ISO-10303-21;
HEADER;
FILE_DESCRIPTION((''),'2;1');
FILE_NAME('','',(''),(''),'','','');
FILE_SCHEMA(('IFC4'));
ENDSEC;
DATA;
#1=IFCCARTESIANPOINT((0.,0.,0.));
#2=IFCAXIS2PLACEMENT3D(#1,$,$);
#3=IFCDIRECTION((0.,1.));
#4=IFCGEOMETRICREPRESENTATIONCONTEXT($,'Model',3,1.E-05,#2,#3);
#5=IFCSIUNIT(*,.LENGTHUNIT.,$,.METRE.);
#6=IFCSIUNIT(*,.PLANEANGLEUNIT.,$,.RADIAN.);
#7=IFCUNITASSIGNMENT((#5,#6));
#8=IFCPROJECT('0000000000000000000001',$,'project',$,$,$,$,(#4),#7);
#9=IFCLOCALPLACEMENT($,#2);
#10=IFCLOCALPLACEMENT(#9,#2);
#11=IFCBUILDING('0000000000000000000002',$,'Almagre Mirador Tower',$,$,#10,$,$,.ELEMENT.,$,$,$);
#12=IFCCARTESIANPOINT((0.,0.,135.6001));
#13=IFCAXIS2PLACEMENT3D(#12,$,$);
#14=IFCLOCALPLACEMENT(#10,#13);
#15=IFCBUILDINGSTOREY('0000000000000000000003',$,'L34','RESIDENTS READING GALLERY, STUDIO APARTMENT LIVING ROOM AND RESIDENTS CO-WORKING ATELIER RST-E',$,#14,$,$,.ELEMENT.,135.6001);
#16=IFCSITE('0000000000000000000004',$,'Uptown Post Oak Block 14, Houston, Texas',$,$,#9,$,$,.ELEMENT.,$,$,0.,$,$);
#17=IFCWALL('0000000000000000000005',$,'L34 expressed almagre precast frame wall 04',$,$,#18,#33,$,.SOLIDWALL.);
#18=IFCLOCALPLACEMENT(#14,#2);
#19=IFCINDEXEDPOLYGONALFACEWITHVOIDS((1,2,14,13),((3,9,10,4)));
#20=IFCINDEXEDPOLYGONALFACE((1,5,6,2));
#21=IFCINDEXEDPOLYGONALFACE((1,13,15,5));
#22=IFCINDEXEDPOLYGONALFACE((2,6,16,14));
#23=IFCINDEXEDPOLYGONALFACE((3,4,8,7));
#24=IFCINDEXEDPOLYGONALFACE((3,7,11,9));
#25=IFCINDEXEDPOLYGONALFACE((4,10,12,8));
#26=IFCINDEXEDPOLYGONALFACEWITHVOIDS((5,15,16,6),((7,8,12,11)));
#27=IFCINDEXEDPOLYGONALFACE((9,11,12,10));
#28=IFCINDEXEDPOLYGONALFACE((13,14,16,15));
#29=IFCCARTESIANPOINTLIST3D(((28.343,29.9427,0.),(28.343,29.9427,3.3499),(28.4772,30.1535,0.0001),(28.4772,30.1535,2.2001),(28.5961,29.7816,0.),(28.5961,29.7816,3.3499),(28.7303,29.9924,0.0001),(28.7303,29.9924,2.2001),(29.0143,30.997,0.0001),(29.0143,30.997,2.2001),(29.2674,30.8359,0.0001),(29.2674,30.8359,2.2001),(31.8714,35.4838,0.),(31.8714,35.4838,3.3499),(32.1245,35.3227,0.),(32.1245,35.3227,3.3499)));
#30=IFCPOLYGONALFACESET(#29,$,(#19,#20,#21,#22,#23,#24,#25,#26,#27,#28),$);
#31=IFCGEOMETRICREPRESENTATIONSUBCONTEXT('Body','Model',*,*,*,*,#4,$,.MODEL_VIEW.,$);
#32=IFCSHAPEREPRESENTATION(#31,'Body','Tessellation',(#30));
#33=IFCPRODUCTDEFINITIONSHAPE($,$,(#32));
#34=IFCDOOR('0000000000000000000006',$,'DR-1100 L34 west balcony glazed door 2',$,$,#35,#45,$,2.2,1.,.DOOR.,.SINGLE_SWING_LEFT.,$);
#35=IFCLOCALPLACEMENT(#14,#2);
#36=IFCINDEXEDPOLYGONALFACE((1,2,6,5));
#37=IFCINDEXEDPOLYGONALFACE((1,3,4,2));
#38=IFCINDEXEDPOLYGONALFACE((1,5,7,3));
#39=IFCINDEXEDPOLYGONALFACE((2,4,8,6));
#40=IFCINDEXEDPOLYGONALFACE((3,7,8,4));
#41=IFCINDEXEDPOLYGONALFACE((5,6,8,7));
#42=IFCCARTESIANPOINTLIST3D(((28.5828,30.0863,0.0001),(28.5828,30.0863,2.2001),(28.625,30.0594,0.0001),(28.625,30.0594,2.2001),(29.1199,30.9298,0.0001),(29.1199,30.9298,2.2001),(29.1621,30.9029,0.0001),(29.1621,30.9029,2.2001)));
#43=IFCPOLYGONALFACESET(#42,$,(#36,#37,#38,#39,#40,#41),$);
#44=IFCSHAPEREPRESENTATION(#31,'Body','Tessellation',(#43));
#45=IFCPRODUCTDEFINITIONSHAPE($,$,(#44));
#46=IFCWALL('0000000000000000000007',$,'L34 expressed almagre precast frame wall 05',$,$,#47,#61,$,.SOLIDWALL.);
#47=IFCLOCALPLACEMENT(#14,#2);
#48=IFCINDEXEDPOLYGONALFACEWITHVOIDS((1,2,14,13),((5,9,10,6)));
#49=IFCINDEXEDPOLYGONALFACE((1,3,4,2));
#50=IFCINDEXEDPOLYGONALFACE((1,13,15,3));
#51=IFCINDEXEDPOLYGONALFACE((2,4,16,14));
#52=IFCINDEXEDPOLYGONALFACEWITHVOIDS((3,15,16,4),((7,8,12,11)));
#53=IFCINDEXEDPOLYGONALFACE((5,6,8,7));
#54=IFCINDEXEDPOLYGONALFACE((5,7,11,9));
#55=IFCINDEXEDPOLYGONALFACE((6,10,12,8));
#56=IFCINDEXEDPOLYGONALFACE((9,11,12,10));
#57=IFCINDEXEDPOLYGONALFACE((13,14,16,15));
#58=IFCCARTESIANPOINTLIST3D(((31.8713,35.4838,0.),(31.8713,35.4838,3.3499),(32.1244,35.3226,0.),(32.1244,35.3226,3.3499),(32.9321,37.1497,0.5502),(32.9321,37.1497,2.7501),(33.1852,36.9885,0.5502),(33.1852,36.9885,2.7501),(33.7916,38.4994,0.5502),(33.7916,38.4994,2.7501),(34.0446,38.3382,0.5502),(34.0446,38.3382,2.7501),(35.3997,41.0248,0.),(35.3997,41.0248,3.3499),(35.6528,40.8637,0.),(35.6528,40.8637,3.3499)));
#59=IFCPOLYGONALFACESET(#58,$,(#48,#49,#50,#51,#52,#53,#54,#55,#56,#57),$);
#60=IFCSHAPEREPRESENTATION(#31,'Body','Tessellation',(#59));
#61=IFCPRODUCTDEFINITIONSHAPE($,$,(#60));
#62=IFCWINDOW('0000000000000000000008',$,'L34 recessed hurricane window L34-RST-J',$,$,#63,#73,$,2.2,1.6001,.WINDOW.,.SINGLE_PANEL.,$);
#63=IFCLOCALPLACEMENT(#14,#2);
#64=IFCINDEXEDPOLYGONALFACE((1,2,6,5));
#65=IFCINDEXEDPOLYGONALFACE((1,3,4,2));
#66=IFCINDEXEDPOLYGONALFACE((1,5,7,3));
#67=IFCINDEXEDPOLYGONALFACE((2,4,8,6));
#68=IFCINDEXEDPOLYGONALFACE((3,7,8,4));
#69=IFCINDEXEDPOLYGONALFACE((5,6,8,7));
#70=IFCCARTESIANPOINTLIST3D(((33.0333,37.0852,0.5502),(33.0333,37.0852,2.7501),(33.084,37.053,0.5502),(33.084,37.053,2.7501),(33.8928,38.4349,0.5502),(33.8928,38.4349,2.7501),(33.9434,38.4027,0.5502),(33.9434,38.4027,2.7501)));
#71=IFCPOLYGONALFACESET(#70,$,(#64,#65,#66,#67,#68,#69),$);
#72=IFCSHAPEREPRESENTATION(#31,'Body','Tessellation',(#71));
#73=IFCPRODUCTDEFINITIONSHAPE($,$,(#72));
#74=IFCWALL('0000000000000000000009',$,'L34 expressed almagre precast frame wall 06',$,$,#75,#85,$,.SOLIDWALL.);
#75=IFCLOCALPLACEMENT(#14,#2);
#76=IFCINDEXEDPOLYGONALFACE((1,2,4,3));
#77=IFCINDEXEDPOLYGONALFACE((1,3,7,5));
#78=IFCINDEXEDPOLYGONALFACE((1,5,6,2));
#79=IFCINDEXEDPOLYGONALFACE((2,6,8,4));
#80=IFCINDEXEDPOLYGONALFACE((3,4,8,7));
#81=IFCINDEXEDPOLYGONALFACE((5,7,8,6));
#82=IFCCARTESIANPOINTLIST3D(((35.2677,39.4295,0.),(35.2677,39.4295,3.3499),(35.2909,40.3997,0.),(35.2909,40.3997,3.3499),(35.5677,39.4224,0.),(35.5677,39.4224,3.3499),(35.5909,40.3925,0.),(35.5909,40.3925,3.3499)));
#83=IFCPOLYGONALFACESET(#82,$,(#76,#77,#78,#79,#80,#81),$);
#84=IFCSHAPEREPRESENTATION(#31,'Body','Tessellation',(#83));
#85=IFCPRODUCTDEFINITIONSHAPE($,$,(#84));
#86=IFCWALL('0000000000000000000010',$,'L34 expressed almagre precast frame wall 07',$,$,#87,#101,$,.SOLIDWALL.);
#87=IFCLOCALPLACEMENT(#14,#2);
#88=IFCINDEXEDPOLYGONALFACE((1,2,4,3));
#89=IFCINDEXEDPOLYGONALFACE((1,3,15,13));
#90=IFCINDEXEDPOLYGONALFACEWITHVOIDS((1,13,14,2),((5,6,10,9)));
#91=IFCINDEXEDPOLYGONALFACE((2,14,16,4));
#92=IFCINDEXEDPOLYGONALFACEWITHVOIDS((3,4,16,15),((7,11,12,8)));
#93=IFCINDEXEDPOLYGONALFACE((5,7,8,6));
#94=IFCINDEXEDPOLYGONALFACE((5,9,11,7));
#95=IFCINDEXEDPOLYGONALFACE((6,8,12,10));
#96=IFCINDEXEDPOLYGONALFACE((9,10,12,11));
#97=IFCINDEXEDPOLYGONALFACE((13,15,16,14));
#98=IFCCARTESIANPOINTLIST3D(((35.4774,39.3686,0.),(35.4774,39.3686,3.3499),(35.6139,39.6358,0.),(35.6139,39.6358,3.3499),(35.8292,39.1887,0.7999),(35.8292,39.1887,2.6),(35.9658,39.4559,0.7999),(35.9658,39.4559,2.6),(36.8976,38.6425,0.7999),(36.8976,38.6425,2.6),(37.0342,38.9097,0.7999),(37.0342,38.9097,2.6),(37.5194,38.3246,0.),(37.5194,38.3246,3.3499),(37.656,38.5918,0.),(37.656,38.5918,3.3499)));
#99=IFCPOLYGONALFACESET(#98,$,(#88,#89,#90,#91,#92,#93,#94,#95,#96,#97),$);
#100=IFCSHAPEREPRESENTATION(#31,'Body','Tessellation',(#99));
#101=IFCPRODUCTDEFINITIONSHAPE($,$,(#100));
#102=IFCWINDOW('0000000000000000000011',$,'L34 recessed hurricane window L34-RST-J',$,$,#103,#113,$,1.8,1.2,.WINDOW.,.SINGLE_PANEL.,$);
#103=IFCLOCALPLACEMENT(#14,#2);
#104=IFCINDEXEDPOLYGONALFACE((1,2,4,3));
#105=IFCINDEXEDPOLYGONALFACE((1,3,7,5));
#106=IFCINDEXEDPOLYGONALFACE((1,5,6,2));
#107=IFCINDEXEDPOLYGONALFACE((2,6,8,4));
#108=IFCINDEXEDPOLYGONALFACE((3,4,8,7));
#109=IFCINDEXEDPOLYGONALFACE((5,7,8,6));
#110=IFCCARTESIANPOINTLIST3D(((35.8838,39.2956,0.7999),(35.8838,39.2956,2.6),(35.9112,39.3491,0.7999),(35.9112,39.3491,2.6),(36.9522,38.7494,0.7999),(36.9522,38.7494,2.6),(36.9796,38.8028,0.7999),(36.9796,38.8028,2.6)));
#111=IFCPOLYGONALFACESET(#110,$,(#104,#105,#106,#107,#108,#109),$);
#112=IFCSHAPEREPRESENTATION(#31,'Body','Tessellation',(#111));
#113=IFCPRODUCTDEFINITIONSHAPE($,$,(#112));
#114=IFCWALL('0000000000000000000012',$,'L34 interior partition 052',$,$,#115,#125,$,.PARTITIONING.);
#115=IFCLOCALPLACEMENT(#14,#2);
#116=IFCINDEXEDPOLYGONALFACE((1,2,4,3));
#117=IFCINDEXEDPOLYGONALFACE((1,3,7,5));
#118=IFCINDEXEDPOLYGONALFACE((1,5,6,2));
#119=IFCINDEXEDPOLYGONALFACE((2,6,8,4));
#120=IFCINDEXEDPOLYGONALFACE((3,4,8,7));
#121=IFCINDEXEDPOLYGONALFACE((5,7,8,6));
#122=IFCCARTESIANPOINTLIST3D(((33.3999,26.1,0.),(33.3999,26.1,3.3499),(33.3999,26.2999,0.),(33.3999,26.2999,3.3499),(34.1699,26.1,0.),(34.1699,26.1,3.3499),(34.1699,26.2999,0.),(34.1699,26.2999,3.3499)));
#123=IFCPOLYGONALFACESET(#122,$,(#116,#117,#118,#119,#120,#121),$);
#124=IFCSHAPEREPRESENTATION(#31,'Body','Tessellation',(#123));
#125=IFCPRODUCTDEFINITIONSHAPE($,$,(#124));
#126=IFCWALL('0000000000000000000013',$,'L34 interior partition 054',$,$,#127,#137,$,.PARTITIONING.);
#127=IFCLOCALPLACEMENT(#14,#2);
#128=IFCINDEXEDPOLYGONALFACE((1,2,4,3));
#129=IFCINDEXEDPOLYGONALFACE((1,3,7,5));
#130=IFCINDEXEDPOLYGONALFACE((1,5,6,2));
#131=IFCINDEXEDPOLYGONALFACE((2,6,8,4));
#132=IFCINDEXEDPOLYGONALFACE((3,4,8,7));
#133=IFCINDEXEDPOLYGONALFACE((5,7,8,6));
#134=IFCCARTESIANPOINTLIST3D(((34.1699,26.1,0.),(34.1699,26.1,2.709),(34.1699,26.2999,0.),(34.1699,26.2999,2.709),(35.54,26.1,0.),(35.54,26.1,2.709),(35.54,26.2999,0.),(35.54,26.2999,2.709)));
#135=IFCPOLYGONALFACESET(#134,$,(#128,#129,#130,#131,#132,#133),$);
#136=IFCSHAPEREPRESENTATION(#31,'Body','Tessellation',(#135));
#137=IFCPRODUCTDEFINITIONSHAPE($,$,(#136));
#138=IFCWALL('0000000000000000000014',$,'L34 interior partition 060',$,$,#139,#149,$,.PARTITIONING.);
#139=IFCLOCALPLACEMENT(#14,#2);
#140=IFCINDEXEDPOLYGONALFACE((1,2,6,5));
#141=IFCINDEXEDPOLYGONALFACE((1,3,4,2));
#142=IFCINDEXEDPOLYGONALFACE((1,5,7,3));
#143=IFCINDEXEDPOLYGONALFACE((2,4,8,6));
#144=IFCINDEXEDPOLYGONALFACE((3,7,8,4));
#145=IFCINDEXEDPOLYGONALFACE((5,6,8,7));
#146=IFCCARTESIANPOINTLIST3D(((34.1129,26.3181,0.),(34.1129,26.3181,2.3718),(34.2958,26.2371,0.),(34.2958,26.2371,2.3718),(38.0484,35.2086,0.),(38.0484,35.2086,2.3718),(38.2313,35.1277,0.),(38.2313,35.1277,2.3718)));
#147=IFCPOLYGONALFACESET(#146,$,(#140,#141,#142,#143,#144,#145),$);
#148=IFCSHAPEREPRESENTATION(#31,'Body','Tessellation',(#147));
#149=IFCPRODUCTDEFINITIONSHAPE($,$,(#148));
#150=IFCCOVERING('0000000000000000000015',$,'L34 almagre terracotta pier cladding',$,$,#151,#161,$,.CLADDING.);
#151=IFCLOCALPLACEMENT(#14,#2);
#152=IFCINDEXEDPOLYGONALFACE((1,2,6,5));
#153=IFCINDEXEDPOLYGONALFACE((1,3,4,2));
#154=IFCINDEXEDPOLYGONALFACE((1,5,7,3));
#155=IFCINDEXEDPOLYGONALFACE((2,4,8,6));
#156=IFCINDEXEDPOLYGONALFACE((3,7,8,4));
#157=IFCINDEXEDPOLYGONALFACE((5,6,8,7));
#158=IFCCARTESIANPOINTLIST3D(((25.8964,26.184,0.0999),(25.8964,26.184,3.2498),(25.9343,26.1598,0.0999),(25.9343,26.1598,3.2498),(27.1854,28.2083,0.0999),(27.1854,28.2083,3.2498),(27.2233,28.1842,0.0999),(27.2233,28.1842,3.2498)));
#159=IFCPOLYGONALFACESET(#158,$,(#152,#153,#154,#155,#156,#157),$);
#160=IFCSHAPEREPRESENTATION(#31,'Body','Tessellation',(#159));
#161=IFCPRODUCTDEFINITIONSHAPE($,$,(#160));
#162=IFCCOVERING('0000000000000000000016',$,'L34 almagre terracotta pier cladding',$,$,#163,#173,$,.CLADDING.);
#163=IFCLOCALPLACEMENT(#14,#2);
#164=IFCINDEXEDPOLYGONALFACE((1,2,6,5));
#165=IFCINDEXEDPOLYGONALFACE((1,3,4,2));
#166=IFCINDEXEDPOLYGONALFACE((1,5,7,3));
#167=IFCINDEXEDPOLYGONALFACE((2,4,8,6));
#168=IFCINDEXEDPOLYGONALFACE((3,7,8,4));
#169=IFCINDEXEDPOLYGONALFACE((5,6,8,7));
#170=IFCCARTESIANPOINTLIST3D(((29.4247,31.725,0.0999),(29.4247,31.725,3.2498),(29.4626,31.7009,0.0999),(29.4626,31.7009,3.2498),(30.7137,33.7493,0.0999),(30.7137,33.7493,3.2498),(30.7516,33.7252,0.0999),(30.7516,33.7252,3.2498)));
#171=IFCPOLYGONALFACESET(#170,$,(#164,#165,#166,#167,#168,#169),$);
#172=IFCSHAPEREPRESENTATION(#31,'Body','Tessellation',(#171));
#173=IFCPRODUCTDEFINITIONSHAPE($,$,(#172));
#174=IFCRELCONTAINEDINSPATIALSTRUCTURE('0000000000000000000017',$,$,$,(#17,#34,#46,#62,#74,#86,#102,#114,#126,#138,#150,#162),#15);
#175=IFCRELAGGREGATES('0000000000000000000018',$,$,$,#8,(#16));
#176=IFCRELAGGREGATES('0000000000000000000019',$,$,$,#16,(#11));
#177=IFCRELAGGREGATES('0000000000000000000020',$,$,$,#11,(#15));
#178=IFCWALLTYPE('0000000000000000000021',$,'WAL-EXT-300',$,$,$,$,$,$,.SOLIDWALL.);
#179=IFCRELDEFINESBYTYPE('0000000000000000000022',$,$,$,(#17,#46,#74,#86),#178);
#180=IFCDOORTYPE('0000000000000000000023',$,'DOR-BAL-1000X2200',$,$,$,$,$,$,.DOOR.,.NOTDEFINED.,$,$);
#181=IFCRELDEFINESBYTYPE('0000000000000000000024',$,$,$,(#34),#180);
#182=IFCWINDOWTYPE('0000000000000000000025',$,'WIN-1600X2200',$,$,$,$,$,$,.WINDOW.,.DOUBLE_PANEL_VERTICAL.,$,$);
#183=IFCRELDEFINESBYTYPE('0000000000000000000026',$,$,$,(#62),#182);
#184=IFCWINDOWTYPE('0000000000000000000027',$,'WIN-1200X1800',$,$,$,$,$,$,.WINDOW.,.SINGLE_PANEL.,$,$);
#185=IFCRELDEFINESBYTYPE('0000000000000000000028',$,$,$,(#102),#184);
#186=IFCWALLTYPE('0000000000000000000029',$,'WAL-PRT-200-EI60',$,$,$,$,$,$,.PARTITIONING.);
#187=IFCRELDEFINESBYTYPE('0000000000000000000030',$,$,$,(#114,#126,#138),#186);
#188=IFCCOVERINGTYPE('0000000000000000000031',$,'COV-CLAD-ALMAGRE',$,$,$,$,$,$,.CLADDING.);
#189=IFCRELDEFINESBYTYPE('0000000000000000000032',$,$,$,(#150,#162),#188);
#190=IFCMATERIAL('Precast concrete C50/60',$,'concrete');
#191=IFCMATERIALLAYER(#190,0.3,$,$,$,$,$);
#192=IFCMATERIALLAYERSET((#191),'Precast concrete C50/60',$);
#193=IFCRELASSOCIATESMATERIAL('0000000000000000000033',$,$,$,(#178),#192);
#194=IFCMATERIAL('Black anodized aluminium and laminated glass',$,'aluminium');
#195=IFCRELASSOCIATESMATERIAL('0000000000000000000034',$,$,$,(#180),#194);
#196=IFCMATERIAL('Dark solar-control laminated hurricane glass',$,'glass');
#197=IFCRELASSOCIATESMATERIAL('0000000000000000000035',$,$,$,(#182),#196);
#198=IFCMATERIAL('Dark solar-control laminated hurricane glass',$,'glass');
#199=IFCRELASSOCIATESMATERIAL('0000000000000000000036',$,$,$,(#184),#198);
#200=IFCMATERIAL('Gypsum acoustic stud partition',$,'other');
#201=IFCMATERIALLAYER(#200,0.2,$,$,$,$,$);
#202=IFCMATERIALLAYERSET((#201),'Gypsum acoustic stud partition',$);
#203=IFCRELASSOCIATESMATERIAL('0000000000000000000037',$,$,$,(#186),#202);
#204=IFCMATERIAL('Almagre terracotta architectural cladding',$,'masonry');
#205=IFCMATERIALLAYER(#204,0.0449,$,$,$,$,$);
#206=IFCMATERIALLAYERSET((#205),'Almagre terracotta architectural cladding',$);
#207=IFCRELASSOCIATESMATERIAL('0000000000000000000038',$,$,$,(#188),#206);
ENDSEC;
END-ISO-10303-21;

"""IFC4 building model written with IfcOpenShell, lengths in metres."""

from ifc_helpers import new_model, si_unit, direction, frame, frame_2d, origin, origin_2d, place, context, subcontext, project, spatial, rectangle, extrude, material, layer, layer_set, type_object, element, fill, save


model = new_model("IFC4")

# Units and contexts
model_context = context("Model", 3, precision=1e-05, world=origin(), true_north=direction((0.0, 1.0)))
body_context = subcontext(model_context, "Body", "Model", "MODEL_VIEW")
ifc_project = project(units=[si_unit("LENGTHUNIT", "METRE"), si_unit("PLANEANGLEUNIT", "RADIAN")], contexts=[model_context])

# Site, building, storey
site_placement = place(None, origin())
site = spatial("IfcSite", under=ifc_project, at=site_placement, Name="Uptown Post Oak Block 14, Houston, Texas", CompositionType="ELEMENT", RefElevation=0.0)
building_placement = place(site_placement, origin())
building = spatial("IfcBuilding", under=site, at=building_placement, Name="Almagre Mirador Tower", CompositionType="ELEMENT")
storey_placement = place(building_placement, frame((0.0, 0.0, 135.6001)))
storey = spatial("IfcBuildingStorey", under=building, at=storey_placement, Name="L34", Description="RESIDENTS READING GALLERY, STUDIO APARTMENT LIVING ROOM AND RESIDENTS CO-WORKING ATELIER RST-E", CompositionType="ELEMENT", Elevation=135.6001)

# Wall, opening, door
ifc_material_1 = material(Name="Precast concrete C50/60", Category="concrete")
ifc_layer_1 = layer(ifc_material_1, 0.3)
ifc_layer_set_1 = layer_set([ifc_layer_1], Name="Precast concrete C50/60")
wall_type_1 = type_object("IfcWallType", Name="WAL-EXT-300", PredefinedType="SOLIDWALL", material=ifc_layer_set_1)
wall_1_placement = place(storey_placement, frame((28.4695, 29.8621, 0.0), z_axis=(0.0, 0.0, 1.0), x_axis=(0.537116, 0.843508, 0.0)))
wall_1 = element("IfcWall", 1, at=wall_1_placement, inside=storey, type_object=wall_type_1, Name="L34 expressed almagre precast frame wall 04", PredefinedType="SOLIDWALL", context=body_context, shape_type="SweptSolid", body=[
    extrude(rectangle(XDim=6.5691, YDim=0.3, at=frame_2d((3.2847, 0.0))), origin(), (0.0, 0.0, 1.0), 3.3499),
])
opening_1_placement = place(wall_1_placement, frame((0.25, 0.0, 0.0)))
opening_1 = element("IfcOpeningElement", 2, at=opening_1_placement, cuts=wall_1, PredefinedType="OPENING", context=body_context, shape_type="SweptSolid", body=[
    extrude(rectangle(XDim=1.0, YDim=2.2, at=frame_2d((0.5, 1.1001))), frame((0.0, 0.1599, 0.0), z_axis=(0.0, -1.0, 0.0), x_axis=(1.0, 0.0, 0.0)), (0.0, 0.0, 1.0), 0.32),
])
ifc_material_2 = material(Name="Black anodized aluminium and laminated glass", Category="aluminium")
door_type = type_object("IfcDoorType", Name="DOR-BAL-1000X2200", OperationType="NOTDEFINED", PredefinedType="DOOR", material=ifc_material_2)
door_placement = place(opening_1_placement, origin())
door = element("IfcDoor", 3, at=door_placement, inside=storey, type_object=door_type, Name="DR-1100 L34 west balcony glazed door 2", OperationType="SINGLE_SWING_LEFT", OverallHeight=2.2, OverallWidth=1.0, PredefinedType="DOOR", context=body_context, shape_type="SweptSolid", body=[
    extrude(rectangle(XDim=1.0, YDim=2.2, at=frame_2d((0.5, 1.1001))), frame((0.0, 0.0249, 0.0), z_axis=(0.0, -1.0, 0.0), x_axis=(1.0, 0.0, 0.0)), (0.0, 0.0, 1.0), 0.05),
])
fill(opening_1, door)

# Wall, opening, window
wall_2_placement = place(storey_placement, frame((31.9978, 35.4031, 0.0), z_axis=(0.0, 0.0, 1.0), x_axis=(0.537116, 0.843508, 0.0)))
wall_2 = element("IfcWall", 4, at=wall_2_placement, inside=storey, type_object=wall_type_1, Name="L34 expressed almagre precast frame wall 05", PredefinedType="SOLIDWALL", context=body_context, shape_type="SweptSolid", body=[
    extrude(rectangle(XDim=6.5691, YDim=0.3, at=frame_2d((3.2847, 0.0))), origin(), (0.0, 0.0, 1.0), 3.3499),
])
opening_2_placement = place(wall_2_placement, frame((1.9751, 0.0, 0.55)))
opening_2 = element("IfcOpeningElement", 5, at=opening_2_placement, cuts=wall_2, PredefinedType="OPENING", context=body_context, shape_type="SweptSolid", body=[
    extrude(rectangle(XDim=1.6001, YDim=2.2, at=frame_2d((0.8, 1.1001))), frame((0.0, 0.1599, 0.0), z_axis=(0.0, -1.0, 0.0), x_axis=(1.0, 0.0, 0.0)), (0.0, 0.0, 1.0), 0.32),
])
ifc_material_3 = material(Name="Dark solar-control laminated hurricane glass", Category="glass")
window_type_1 = type_object("IfcWindowType", Name="WIN-1600X2200", PartitioningType="DOUBLE_PANEL_VERTICAL", PredefinedType="WINDOW", material=ifc_material_3)
window_1_placement = place(opening_2_placement, origin())
window_1 = element("IfcWindow", 6, at=window_1_placement, inside=storey, type_object=window_type_1, Name="L34 recessed hurricane window L34-RST-J", OverallHeight=2.2, OverallWidth=1.6001, PartitioningType="SINGLE_PANEL", PredefinedType="WINDOW", context=body_context, shape_type="SweptSolid", body=[
    extrude(rectangle(XDim=1.6001, YDim=2.2, at=frame_2d((0.8, 1.1001))), frame((0.0, 0.03, 0.0), z_axis=(0.0, -1.0, 0.0), x_axis=(1.0, 0.0, 0.0)), (0.0, 0.0, 1.0), 0.0601),
])
fill(opening_2, window_1)

# Wall
wall_3_placement = place(storey_placement, frame((35.4409, 40.3962, 0.0), z_axis=(0.0, 0.0, 1.0), x_axis=(-0.023899, -0.999714, 0.0)))
element("IfcWall", 7, at=wall_3_placement, inside=storey, type_object=wall_type_1, Name="L34 expressed almagre precast frame wall 06", PredefinedType="SOLIDWALL", context=body_context, shape_type="SweptSolid", body=[
    extrude(rectangle(XDim=0.9705, YDim=0.3, at=frame_2d((0.4854, 0.0))), origin(), (0.0, 0.0, 1.0), 3.3499),
])

# Wall, opening, window
wall_4_placement = place(storey_placement, frame((35.5457, 39.5022, 0.0), z_axis=(0.0, 0.0, 1.0), x_axis=(0.890389, -0.455201, 0.0)))
wall_4 = element("IfcWall", 8, at=wall_4_placement, inside=storey, type_object=wall_type_1, Name="L34 expressed almagre precast frame wall 07", PredefinedType="SOLIDWALL", context=body_context, shape_type="SweptSolid", body=[
    extrude(rectangle(XDim=2.2935, YDim=0.3, at=frame_2d((1.1467, 0.0))), origin(), (0.0, 0.0, 1.0), 3.3499),
])
opening_3_placement = place(wall_4_placement, frame((0.395, 0.0, 0.8)))
opening_3 = element("IfcOpeningElement", 9, at=opening_3_placement, cuts=wall_4, PredefinedType="OPENING", context=body_context, shape_type="SweptSolid", body=[
    extrude(rectangle(XDim=1.2, YDim=1.8, at=frame_2d((0.6001, 0.8999))), frame((0.0, 0.1599, 0.0), z_axis=(0.0, -1.0, 0.0), x_axis=(1.0, 0.0, 0.0)), (0.0, 0.0, 1.0), 0.32),
])
ifc_material_4 = material(Name="Dark solar-control laminated hurricane glass", Category="glass")
window_type_2 = type_object("IfcWindowType", Name="WIN-1200X1800", PartitioningType="SINGLE_PANEL", PredefinedType="WINDOW", material=ifc_material_4)
window_2_placement = place(opening_3_placement, origin())
window_2 = element("IfcWindow", 10, at=window_2_placement, inside=storey, type_object=window_type_2, Name="L34 recessed hurricane window L34-RST-J", OverallHeight=1.8, OverallWidth=1.2, PartitioningType="SINGLE_PANEL", PredefinedType="WINDOW", context=body_context, shape_type="SweptSolid", body=[
    extrude(rectangle(XDim=1.2, YDim=1.8, at=frame_2d((0.6001, 0.8999))), frame((0.0, 0.03, 0.0), z_axis=(0.0, -1.0, 0.0), x_axis=(1.0, 0.0, 0.0)), (0.0, 0.0, 1.0), 0.0601),
])
fill(opening_3, window_2)

# Walls
ifc_material_5 = material(Name="Gypsum acoustic stud partition", Category="other")
ifc_layer_2 = layer(ifc_material_5, 0.2)
ifc_layer_set_2 = layer_set([ifc_layer_2], Name="Gypsum acoustic stud partition")
wall_type_2 = type_object("IfcWallType", Name="WAL-PRT-200-EI60", PredefinedType="PARTITIONING", material=ifc_layer_set_2)
wall_5_placement = place(storey_placement, frame((34.1699, 26.2, 0.0), z_axis=(0.0, 0.0, 1.0), x_axis=(-1.0, 0.0, 0.0)))
element("IfcWall", 11, at=wall_5_placement, inside=storey, type_object=wall_type_2, Name="L34 interior partition 052", PredefinedType="PARTITIONING", context=body_context, shape_type="SweptSolid", body=[
    extrude(rectangle(XDim=0.77, YDim=0.2, at=frame_2d((0.385, 0.0))), origin(), (0.0, 0.0, 1.0), 3.3499),
])
wall_6_placement = place(storey_placement, frame((35.54, 26.2, 0.0), z_axis=(0.0, 0.0, 1.0), x_axis=(-1.0, 0.0, 0.0)))
element("IfcWall", 12, at=wall_6_placement, inside=storey, type_object=wall_type_2, Name="L34 interior partition 054", PredefinedType="PARTITIONING", context=body_context, shape_type="SweptSolid", body=[
    extrude(rectangle(XDim=1.3701, YDim=0.2, at=frame_2d((0.6851, 0.0))), origin(), (0.0, 0.0, 1.0), 2.709),
])
wall_7_placement = place(storey_placement, frame((34.2043, 26.2776, 0.0), z_axis=(0.0, 0.0, 1.0), x_axis=(0.404777, 0.914415, 0.0)))
element("IfcWall", 13, at=wall_7_placement, inside=storey, type_object=wall_type_2, Name="L34 interior partition 060", PredefinedType="PARTITIONING", context=body_context, shape_type="SweptSolid", body=[
    extrude(rectangle(XDim=9.7227, YDim=0.2, at=frame_2d((4.8613, 0.0))), origin(), (0.0, 0.0, 1.0), 2.3718),
])

# Coverings
ifc_material_6 = material(Name="Almagre terracotta architectural cladding", Category="masonry")
ifc_layer_3 = layer(ifc_material_6, 0.0449)
ifc_layer_set_3 = layer_set([ifc_layer_3], Name="Almagre terracotta architectural cladding")
covering_type = type_object("IfcCoveringType", Name="COV-CLAD-ALMAGRE", PredefinedType="CLADDING", material=ifc_layer_set_3)
for number, where, z_axis, x_axis, name in (
    (14, (26.5598, 27.1841, 0.0999), (0.0, 0.0, 1.0), (0.537108, 0.843513, 0.0), "L34 almagre terracotta pier cladding"),
    (15, (30.0881, 32.7251, 0.0999), (0.0, 0.0, 1.0), (0.537123, 0.843504, 0.0), "L34 almagre terracotta pier cladding"),
):
    element("IfcCovering", number, at=place(storey_placement, frame(where, z_axis=z_axis, x_axis=x_axis)), inside=storey, type_object=covering_type, Name=name, PredefinedType="CLADDING", context=body_context, shape_type="SweptSolid", body=[
        extrude(rectangle(XDim=2.3999, YDim=0.0449, at=origin_2d()), origin(), (0.0, 0.0, 1.0), 3.1499),
    ])

save(model, "model.ifc")
